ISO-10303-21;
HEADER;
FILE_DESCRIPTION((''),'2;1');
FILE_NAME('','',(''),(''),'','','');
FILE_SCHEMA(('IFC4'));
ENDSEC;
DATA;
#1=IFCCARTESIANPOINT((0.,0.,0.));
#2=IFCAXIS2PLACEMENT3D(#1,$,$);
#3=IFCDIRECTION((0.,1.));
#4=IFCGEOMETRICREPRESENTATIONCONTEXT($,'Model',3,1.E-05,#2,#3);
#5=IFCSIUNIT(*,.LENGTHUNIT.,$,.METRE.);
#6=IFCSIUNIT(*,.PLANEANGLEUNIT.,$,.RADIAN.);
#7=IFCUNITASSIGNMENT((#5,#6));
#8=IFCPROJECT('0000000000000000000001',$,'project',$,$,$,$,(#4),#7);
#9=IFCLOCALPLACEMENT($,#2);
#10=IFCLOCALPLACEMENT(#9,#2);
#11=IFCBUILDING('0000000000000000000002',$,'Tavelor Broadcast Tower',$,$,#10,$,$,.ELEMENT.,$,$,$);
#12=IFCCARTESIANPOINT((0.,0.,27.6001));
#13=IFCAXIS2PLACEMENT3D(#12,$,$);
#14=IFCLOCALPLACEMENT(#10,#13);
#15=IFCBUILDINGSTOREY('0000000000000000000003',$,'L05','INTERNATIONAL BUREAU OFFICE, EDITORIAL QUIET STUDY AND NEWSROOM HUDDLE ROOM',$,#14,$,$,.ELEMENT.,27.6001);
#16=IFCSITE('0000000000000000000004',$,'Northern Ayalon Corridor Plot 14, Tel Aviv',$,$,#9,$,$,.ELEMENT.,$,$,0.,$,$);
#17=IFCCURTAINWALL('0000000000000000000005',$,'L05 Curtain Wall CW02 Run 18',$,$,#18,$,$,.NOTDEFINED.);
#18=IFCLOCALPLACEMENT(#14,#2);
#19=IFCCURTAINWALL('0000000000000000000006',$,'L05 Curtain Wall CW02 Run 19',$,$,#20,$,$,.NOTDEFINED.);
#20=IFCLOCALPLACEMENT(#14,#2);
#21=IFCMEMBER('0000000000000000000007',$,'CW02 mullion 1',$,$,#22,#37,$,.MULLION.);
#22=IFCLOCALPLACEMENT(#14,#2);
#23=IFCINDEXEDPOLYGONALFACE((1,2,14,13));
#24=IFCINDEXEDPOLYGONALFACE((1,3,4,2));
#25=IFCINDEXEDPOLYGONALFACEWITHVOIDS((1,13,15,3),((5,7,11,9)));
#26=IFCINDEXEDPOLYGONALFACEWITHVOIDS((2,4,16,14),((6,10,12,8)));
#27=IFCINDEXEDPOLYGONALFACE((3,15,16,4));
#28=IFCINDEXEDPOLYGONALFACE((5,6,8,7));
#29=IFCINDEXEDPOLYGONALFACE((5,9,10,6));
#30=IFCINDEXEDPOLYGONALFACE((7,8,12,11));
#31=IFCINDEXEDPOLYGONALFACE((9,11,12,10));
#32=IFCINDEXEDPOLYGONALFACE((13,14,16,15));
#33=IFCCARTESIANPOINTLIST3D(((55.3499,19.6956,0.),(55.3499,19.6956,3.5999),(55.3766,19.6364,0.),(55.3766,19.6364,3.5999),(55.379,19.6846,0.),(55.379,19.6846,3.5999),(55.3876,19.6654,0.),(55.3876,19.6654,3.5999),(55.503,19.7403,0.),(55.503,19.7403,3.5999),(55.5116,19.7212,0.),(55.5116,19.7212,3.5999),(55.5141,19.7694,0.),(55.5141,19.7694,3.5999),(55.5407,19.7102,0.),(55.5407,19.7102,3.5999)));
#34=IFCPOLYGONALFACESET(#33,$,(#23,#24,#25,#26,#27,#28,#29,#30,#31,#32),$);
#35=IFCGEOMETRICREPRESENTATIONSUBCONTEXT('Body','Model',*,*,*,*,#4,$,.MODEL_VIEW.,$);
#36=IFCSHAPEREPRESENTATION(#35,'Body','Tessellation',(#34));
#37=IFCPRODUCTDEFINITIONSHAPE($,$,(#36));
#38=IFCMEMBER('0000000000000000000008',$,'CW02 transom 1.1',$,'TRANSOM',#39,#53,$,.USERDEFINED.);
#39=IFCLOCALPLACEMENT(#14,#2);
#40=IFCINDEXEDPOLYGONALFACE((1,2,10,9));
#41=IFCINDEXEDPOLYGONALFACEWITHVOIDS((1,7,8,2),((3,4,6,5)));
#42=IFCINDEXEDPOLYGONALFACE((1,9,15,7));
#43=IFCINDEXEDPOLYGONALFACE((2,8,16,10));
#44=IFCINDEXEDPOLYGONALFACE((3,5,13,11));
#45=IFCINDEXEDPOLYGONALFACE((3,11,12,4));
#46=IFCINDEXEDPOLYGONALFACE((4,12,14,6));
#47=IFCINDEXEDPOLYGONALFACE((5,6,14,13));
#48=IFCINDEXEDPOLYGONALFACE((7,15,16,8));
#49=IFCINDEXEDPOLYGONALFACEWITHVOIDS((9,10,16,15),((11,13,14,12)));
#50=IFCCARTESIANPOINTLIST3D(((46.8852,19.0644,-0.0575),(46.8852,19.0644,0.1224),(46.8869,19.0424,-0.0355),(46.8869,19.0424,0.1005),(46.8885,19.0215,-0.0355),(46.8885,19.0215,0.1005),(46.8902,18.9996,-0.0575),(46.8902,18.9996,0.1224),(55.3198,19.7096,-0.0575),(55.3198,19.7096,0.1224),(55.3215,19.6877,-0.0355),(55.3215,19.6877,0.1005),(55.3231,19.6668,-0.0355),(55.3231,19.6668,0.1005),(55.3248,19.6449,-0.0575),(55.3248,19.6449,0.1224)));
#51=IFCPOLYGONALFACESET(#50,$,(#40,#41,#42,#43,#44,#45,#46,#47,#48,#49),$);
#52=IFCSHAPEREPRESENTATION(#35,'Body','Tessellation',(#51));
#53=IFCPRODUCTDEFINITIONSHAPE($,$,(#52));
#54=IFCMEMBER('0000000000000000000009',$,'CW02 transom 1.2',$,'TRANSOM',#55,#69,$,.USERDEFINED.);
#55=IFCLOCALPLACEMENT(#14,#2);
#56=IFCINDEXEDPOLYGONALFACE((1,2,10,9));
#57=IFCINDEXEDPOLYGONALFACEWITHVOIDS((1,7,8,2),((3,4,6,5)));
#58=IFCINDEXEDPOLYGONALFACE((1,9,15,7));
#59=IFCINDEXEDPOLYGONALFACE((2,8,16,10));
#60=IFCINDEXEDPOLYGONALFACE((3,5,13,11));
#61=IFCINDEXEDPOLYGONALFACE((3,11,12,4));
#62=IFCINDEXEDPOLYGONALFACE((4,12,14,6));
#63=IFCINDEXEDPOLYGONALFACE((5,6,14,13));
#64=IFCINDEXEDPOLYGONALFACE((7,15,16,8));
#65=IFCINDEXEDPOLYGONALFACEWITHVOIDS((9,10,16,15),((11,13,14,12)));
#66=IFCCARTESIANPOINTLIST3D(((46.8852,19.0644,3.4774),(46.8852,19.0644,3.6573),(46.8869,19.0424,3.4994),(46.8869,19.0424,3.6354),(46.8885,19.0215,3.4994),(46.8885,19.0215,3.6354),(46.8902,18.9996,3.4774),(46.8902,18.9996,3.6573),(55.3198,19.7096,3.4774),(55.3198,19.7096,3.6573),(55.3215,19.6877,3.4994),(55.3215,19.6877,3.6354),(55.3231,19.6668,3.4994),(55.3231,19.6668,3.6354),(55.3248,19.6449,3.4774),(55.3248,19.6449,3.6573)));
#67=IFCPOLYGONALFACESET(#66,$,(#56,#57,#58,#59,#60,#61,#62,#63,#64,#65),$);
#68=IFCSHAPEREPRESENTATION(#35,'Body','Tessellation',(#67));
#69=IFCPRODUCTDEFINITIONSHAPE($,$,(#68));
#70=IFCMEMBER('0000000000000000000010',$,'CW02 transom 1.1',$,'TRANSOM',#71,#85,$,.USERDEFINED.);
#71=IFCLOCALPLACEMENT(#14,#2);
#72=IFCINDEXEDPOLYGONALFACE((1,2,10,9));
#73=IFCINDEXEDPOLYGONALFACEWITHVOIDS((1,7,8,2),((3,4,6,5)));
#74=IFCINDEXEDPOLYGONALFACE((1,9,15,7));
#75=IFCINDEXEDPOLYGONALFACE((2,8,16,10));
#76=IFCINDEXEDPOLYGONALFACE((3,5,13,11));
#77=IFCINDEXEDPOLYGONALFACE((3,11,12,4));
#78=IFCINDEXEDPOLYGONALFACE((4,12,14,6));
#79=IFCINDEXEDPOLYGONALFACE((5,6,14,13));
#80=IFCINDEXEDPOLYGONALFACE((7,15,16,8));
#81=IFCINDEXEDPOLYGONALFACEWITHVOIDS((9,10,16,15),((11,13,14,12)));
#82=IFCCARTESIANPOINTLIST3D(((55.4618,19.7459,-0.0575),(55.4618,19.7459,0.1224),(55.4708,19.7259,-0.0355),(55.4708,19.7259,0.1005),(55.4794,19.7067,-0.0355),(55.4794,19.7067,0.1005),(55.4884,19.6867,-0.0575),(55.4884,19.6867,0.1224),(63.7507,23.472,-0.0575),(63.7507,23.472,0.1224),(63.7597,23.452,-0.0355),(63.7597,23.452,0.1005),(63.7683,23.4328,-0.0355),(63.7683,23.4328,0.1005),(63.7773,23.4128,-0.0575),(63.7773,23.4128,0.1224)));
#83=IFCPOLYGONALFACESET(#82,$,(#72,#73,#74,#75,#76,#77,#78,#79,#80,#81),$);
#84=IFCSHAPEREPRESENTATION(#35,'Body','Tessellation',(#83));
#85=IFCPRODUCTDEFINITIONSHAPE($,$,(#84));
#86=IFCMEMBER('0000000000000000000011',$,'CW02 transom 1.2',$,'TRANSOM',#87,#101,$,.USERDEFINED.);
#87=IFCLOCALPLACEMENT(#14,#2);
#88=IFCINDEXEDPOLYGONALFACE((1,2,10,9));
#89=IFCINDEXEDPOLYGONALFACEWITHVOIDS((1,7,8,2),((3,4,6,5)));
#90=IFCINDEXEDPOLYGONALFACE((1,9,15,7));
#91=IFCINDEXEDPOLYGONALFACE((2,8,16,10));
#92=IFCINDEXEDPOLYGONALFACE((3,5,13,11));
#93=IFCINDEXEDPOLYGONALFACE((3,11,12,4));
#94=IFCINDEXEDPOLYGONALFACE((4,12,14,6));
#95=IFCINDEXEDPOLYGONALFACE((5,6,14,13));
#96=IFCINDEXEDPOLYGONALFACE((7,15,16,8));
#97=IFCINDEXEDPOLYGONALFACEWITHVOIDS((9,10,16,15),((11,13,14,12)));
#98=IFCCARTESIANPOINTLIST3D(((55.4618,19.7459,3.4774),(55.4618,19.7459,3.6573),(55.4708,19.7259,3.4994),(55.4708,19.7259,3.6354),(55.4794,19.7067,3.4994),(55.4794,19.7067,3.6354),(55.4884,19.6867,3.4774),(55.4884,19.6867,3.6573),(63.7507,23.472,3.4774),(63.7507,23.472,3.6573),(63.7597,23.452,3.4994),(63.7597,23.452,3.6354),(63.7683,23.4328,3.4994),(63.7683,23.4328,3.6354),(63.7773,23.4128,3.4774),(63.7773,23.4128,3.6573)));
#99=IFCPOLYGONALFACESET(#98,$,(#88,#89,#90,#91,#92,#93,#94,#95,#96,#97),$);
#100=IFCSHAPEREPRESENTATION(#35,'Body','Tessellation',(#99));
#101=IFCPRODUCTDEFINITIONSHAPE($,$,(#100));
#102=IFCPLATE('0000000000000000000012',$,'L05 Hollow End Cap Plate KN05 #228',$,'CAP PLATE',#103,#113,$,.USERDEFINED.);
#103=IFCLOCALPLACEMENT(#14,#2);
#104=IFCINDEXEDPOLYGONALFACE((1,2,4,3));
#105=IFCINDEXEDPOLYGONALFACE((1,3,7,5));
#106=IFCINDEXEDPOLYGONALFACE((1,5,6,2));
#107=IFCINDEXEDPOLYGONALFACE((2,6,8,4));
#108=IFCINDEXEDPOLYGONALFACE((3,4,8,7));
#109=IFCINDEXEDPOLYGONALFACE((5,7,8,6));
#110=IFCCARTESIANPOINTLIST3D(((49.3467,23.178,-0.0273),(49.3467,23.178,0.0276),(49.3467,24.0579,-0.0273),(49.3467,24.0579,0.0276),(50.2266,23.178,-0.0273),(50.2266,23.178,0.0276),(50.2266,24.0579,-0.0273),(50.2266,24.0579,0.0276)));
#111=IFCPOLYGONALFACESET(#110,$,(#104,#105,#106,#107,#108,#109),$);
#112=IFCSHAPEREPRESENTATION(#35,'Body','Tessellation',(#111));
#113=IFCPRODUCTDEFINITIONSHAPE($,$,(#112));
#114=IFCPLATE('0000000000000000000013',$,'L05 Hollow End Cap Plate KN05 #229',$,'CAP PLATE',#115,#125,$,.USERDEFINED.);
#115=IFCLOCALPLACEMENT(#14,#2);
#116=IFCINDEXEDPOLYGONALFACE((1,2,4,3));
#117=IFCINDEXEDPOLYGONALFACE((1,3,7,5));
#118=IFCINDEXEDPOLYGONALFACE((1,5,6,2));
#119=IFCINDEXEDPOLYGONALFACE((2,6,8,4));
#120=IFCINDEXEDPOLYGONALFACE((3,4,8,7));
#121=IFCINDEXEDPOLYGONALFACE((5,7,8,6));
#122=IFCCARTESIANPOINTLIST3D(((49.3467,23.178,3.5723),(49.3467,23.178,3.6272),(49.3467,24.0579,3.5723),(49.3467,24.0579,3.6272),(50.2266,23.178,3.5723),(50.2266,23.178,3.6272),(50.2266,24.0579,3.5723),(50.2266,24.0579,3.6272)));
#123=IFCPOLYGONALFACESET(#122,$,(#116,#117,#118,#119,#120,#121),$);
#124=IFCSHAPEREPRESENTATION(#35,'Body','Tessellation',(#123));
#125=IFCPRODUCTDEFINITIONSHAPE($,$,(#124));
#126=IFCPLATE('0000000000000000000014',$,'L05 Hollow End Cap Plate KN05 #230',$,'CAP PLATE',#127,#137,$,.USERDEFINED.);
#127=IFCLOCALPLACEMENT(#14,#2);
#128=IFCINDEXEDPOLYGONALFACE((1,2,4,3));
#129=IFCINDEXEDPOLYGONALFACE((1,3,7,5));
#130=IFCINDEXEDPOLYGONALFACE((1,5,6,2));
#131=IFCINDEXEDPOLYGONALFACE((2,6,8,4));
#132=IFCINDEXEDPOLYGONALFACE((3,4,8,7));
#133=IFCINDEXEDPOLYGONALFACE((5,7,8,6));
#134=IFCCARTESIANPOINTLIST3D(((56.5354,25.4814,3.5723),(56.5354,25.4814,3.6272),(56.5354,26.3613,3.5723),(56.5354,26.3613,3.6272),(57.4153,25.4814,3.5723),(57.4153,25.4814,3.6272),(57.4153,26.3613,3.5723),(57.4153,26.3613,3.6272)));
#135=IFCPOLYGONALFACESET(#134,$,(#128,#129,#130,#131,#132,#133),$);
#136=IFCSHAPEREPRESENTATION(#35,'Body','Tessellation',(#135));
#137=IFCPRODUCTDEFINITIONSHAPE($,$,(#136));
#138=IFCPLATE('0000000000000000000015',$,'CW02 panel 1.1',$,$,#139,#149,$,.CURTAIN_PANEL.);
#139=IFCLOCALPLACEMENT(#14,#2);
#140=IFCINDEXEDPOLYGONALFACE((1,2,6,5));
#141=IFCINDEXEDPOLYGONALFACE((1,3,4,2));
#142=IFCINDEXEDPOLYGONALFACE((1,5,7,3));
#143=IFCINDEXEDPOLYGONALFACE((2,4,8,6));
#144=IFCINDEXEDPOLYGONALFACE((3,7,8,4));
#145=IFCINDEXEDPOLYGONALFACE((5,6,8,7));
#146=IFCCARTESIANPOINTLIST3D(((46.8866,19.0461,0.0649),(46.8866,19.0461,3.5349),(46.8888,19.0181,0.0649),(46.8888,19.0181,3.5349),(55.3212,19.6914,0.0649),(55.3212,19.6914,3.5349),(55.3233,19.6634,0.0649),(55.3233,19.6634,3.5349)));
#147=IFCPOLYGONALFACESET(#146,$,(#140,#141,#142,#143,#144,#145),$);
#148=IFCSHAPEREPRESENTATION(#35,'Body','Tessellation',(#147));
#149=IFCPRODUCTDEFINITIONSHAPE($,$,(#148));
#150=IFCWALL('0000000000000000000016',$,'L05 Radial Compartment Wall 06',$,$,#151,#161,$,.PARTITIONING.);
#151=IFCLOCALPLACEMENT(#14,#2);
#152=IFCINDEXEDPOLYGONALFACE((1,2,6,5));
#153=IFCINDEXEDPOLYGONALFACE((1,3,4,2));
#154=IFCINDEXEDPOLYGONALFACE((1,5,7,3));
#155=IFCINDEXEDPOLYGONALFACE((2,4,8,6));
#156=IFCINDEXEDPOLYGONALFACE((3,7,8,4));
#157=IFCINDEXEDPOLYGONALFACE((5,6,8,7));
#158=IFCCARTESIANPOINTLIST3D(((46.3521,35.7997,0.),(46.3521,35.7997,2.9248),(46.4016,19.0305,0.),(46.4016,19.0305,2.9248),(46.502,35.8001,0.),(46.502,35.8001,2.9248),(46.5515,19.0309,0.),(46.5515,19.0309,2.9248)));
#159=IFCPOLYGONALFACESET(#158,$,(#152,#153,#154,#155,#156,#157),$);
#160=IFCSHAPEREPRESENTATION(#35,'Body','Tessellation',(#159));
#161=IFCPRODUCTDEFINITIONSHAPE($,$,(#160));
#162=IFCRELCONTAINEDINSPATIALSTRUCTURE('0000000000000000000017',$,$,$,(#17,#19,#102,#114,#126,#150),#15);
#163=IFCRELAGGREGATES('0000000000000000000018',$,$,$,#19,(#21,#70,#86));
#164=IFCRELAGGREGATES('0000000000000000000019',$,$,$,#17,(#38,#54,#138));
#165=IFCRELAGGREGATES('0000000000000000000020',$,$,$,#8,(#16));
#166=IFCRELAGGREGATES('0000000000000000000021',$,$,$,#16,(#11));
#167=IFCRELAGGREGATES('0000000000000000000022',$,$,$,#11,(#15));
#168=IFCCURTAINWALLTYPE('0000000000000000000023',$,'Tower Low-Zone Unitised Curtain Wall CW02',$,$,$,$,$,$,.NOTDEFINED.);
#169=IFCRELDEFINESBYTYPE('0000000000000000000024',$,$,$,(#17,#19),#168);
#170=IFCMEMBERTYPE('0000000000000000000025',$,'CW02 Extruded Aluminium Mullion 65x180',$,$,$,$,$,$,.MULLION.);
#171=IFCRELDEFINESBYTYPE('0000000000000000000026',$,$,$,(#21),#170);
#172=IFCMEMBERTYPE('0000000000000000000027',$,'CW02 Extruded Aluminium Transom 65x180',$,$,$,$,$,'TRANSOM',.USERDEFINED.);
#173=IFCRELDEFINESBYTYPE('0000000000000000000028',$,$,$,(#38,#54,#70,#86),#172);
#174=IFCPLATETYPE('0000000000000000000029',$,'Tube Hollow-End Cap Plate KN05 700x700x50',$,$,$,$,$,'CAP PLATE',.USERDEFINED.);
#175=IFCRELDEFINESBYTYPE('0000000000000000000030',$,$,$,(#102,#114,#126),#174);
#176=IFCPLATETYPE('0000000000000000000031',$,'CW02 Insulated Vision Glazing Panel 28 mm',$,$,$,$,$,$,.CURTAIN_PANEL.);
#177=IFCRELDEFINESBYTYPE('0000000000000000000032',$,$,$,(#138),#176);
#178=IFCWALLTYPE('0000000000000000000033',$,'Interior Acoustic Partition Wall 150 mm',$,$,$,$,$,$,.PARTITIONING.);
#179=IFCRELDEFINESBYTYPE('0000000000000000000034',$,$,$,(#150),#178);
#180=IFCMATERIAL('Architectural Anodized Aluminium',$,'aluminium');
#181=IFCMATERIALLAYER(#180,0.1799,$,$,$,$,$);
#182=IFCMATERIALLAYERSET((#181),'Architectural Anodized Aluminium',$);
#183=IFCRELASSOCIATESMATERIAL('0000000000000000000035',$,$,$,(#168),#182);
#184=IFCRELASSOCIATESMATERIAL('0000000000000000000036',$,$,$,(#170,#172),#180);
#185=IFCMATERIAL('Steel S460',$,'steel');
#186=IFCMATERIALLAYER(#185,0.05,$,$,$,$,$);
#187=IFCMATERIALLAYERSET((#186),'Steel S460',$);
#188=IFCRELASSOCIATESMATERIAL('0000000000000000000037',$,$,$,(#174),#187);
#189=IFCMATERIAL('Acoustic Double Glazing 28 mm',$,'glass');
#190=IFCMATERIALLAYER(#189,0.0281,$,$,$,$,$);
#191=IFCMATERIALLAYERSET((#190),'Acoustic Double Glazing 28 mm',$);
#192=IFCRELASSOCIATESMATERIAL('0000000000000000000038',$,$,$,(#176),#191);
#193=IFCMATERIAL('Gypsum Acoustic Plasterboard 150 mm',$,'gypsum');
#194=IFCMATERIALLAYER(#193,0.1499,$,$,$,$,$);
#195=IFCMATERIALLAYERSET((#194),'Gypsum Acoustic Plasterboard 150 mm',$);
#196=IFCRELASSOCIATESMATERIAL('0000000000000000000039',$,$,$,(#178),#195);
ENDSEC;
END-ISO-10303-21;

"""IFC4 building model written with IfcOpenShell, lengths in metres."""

from ifc_helpers import new_model, si_unit, direction, frame, frame_2d, origin, origin_2d, place, context, subcontext, project, spatial, rectangle, hollow_rectangle, extrude, source, transform, mapped, material, layer, layer_set, material_profile, profile_set, type_object, type_shapes, element, aggregate, save


model = new_model("IFC4")

# Units and contexts
model_context = context("Model", 3, precision=1e-05, world=origin(), true_north=direction((0.0, 1.0)))
body_context = subcontext(model_context, "Body", "Model", "MODEL_VIEW")
ifc_project = project(units=[si_unit("LENGTHUNIT", "METRE"), si_unit("PLANEANGLEUNIT", "RADIAN")], contexts=[model_context])

# Site, building, storey
site_placement = place(None, origin())
site = spatial("IfcSite", under=ifc_project, at=site_placement, Name="Northern Ayalon Corridor Plot 14, Tel Aviv", CompositionType="ELEMENT", RefElevation=0.0)
building_placement = place(site_placement, origin())
building = spatial("IfcBuilding", under=site, at=building_placement, Name="Tavelor Broadcast Tower", CompositionType="ELEMENT")
storey_placement = place(building_placement, frame((0.0, 0.0, 27.6001)))
storey = spatial("IfcBuildingStorey", under=building, at=storey_placement, Name="L05", Description="INTERNATIONAL BUREAU OFFICE, EDITORIAL QUIET STUDY AND NEWSROOM HUDDLE ROOM", CompositionType="ELEMENT", Elevation=27.6001)

# Shared definitions
ifc_material_1 = material(Name="Steel S460", Category="steel")

# Shared definitions
ifc_material_2 = material(Name="Architectural Anodized Aluminium", Category="aluminium")
ifc_layer_1 = layer(ifc_material_2, 0.1799)
ifc_layer_set_1 = layer_set([ifc_layer_1], Name="Architectural Anodized Aluminium")
curtain_wall_type = type_object("IfcCurtainWallType", Name="Tower Low-Zone Unitised Curtain Wall CW02", PredefinedType="NOTDEFINED", material=ifc_layer_set_1)
ifc_material_profile_1 = material_profile(ifc_material_2, hollow_rectangle(XDim=0.0649, YDim=0.1799, WallThickness=0.022, at=origin_2d()), Name="RHS 65x180x22")
ifc_profile_set_1 = profile_set([ifc_material_profile_1], Name="Architectural Anodized Aluminium")
member_type_1 = type_object("IfcMemberType", Name="CW02 Extruded Aluminium Mullion 65x180", PredefinedType="MULLION", material=ifc_profile_set_1)
shared_shape_1 = source(origin(), body_context, "Body", "SweptSolid", [
    extrude(hollow_rectangle(XDim=0.0649, YDim=0.1799, WallThickness=0.022, at=origin_2d()), origin(), (0.0, 0.0, 1.0), 3.5999),
])
type_shapes(member_type_1, [shared_shape_1])

# Curtain wall
curtain_wall_1_placement = place(storey_placement, origin())
curtain_wall_1 = element("IfcCurtainWall", 1, at=curtain_wall_1_placement, inside=storey, type_object=curtain_wall_type, Name="L05 Curtain Wall CW02 Run 18", PredefinedType="NOTDEFINED")

# Curtain wall, member
curtain_wall_2_placement = place(storey_placement, origin())
curtain_wall_2 = element("IfcCurtainWall", 2, at=curtain_wall_2_placement, inside=storey, type_object=curtain_wall_type, Name="L05 Curtain Wall CW02 Run 19", PredefinedType="NOTDEFINED")
member_1_placement = place(storey_placement, frame((55.4453, 19.7029, 0.0), z_axis=(0.0, 0.0, 1.0), x_axis=(-0.410015, 0.912079, 0.0)))
member_1 = element("IfcMember", 3, at=member_1_placement, type_object=member_type_1, Name="CW02 mullion 1", PredefinedType="MULLION", context=body_context, shape_type="MappedRepresentation", body=[
    mapped(shared_shape_1, transform((0.0, 0.0, 0.0), scale=1.0)),
])

# Members
ifc_material_profile_2 = material_profile(ifc_material_2, hollow_rectangle(XDim=0.0649, YDim=0.1799, WallThickness=0.022, at=origin_2d()), Name="RHS 65x180x22")
ifc_profile_set_2 = profile_set([ifc_material_profile_2], Name="Architectural Anodized Aluminium")
member_type_2 = type_object("IfcMemberType", Name="CW02 Extruded Aluminium Transom 65x180", ElementType="TRANSOM", PredefinedType="USERDEFINED", material=ifc_profile_set_2)
shared_shape_2 = source(origin(), body_context, "Body", "SweptSolid", [
    extrude(hollow_rectangle(XDim=0.0649, YDim=0.1799, WallThickness=0.022, at=origin_2d()), origin(), (0.0, 0.0, 1.0), 8.4592),
])
member_2_placement = place(storey_placement, frame((46.8877, 19.032, 0.0325), z_axis=(0.997086, 0.076279, 0.0), x_axis=(-0.076279, 0.997086, 0.0)))
member_2 = element("IfcMember", 4, at=member_2_placement, type_object=member_type_2, Name="CW02 transom 1.1", ObjectType="TRANSOM", PredefinedType="USERDEFINED", context=body_context, shape_type="MappedRepresentation", body=[
    mapped(shared_shape_2, transform((0.0, 0.0, 0.0), scale=1.0)),
])
member_3_placement = place(storey_placement, frame((46.8877, 19.032, 3.5674), z_axis=(0.997086, 0.076279, 0.0), x_axis=(-0.076279, 0.997086, 0.0)))
member_3 = element("IfcMember", 5, at=member_3_placement, type_object=member_type_2, Name="CW02 transom 1.2", ObjectType="TRANSOM", PredefinedType="USERDEFINED", context=body_context, shape_type="MappedRepresentation", body=[
    mapped(shared_shape_2, transform((0.0, 0.0, 0.0), scale=1.0)),
])
shared_shape_3 = source(origin(), body_context, "Body", "SweptSolid", [
    extrude(hollow_rectangle(XDim=0.0649, YDim=0.1799, WallThickness=0.022, at=origin_2d()), origin(), (0.0, 0.0, 1.0), 9.0879),
])
type_shapes(member_type_2, [shared_shape_2, shared_shape_3])
member_4_placement = place(storey_placement, frame((55.4751, 19.7163, 0.0325), z_axis=(0.912082, 0.410008, 0.0), x_axis=(-0.410008, 0.912082, 0.0)))
member_4 = element("IfcMember", 6, at=member_4_placement, type_object=member_type_2, Name="CW02 transom 1.1", ObjectType="TRANSOM", PredefinedType="USERDEFINED", context=body_context, shape_type="MappedRepresentation", body=[
    mapped(shared_shape_3, transform((0.0, 0.0, 0.0), scale=1.0)),
])
member_5_placement = place(storey_placement, frame((55.4751, 19.7163, 3.5674), z_axis=(0.912082, 0.410008, 0.0), x_axis=(-0.410008, 0.912082, 0.0)))
member_5 = element("IfcMember", 7, at=member_5_placement, type_object=member_type_2, Name="CW02 transom 1.2", ObjectType="TRANSOM", PredefinedType="USERDEFINED", context=body_context, shape_type="MappedRepresentation", body=[
    mapped(shared_shape_3, transform((0.0, 0.0, 0.0), scale=1.0)),
])
aggregate(curtain_wall_2, [member_1, member_4, member_5])

# Plates
ifc_layer_2 = layer(ifc_material_1, 0.05)
ifc_layer_set_2 = layer_set([ifc_layer_2], Name="Steel S460")
plate_type_1 = type_object("IfcPlateType", Name="Tube Hollow-End Cap Plate KN05 700x700x50", ElementType="CAP PLATE", PredefinedType="USERDEFINED", material=ifc_layer_set_2)
shared_shape_4 = source(origin(), body_context, "Body", "SweptSolid", [
    extrude(rectangle(XDim=0.8799, YDim=0.8799, at=origin_2d()), origin(), (0.0, 0.0, 1.0), 0.0549),
])
type_shapes(plate_type_1, [shared_shape_4])
for number, where, z_axis, x_axis, name in (
    (8, (49.7866, 23.6179, -0.0273), (0.0, 0.0, 1.0), (1.0, 0.0, 0.0), "L05 Hollow End Cap Plate KN05 #228"),
    (9, (49.7866, 23.6179, 3.5723), (0.0, 0.0, 1.0), (1.0, 0.0, 0.0), "L05 Hollow End Cap Plate KN05 #229"),
    (10, (56.9753, 25.9214, 3.5723), (0.0, 0.0, 1.0), (1.0, 0.0, 0.0), "L05 Hollow End Cap Plate KN05 #230"),
):
    element("IfcPlate", number, at=place(storey_placement, frame(where, z_axis=z_axis, x_axis=x_axis)), inside=storey, type_object=plate_type_1, Name=name, ObjectType="CAP PLATE", PredefinedType="USERDEFINED", context=body_context, shape_type="MappedRepresentation", body=[
        mapped(shared_shape_4, transform((0.0, 0.0, 0.0), scale=1.0)),
    ])

# Plate
ifc_material_3 = material(Name="Acoustic Double Glazing 28 mm", Category="glass")
ifc_layer_3 = layer(ifc_material_3, 0.0281)
ifc_layer_set_3 = layer_set([ifc_layer_3], Name="Acoustic Double Glazing 28 mm")
plate_type_2 = type_object("IfcPlateType", Name="CW02 Insulated Vision Glazing Panel 28 mm", PredefinedType="CURTAIN_PANEL", material=ifc_layer_set_3)
shared_shape_5 = source(origin(), body_context, "Body", "SweptSolid", [
    extrude(rectangle(XDim=8.4592, YDim=0.0281, at=origin_2d()), origin(), (0.0, 0.0, 1.0), 3.47),
])
type_shapes(plate_type_2, [shared_shape_5])
plate_placement = place(storey_placement, frame((51.105, 19.3547, 0.0649), z_axis=(0.0, 0.0, 1.0), x_axis=(0.997086, 0.076282, 0.0)))
plate = element("IfcPlate", 11, at=plate_placement, type_object=plate_type_2, Name="CW02 panel 1.1", PredefinedType="CURTAIN_PANEL", context=body_context, shape_type="MappedRepresentation", body=[
    mapped(shared_shape_5, transform((0.0, 0.0, 0.0), scale=1.0)),
])
aggregate(curtain_wall_1, [member_2, member_3, plate])

# Wall
ifc_material_4 = material(Name="Gypsum Acoustic Plasterboard 150 mm", Category="gypsum")
ifc_layer_4 = layer(ifc_material_4, 0.1499)
ifc_layer_set_4 = layer_set([ifc_layer_4], Name="Gypsum Acoustic Plasterboard 150 mm")
wall_type = type_object("IfcWallType", Name="Interior Acoustic Partition Wall 150 mm", PredefinedType="PARTITIONING", material=ifc_layer_set_4)
wall_placement = place(storey_placement, frame((46.427, 35.8, 0.0), z_axis=(0.0, 0.0, 1.0), x_axis=(0.002955, -0.999996, 0.0)))
element("IfcWall", 12, at=wall_placement, inside=storey, type_object=wall_type, Name="L05 Radial Compartment Wall 06", PredefinedType="PARTITIONING", context=body_context, shape_type="SweptSolid", body=[
    extrude(rectangle(XDim=16.7693, YDim=0.1499, at=frame_2d((8.3848, 0.0))), origin(), (0.0, 0.0, 1.0), 2.9248),
])

save(model, "model.ifc")
